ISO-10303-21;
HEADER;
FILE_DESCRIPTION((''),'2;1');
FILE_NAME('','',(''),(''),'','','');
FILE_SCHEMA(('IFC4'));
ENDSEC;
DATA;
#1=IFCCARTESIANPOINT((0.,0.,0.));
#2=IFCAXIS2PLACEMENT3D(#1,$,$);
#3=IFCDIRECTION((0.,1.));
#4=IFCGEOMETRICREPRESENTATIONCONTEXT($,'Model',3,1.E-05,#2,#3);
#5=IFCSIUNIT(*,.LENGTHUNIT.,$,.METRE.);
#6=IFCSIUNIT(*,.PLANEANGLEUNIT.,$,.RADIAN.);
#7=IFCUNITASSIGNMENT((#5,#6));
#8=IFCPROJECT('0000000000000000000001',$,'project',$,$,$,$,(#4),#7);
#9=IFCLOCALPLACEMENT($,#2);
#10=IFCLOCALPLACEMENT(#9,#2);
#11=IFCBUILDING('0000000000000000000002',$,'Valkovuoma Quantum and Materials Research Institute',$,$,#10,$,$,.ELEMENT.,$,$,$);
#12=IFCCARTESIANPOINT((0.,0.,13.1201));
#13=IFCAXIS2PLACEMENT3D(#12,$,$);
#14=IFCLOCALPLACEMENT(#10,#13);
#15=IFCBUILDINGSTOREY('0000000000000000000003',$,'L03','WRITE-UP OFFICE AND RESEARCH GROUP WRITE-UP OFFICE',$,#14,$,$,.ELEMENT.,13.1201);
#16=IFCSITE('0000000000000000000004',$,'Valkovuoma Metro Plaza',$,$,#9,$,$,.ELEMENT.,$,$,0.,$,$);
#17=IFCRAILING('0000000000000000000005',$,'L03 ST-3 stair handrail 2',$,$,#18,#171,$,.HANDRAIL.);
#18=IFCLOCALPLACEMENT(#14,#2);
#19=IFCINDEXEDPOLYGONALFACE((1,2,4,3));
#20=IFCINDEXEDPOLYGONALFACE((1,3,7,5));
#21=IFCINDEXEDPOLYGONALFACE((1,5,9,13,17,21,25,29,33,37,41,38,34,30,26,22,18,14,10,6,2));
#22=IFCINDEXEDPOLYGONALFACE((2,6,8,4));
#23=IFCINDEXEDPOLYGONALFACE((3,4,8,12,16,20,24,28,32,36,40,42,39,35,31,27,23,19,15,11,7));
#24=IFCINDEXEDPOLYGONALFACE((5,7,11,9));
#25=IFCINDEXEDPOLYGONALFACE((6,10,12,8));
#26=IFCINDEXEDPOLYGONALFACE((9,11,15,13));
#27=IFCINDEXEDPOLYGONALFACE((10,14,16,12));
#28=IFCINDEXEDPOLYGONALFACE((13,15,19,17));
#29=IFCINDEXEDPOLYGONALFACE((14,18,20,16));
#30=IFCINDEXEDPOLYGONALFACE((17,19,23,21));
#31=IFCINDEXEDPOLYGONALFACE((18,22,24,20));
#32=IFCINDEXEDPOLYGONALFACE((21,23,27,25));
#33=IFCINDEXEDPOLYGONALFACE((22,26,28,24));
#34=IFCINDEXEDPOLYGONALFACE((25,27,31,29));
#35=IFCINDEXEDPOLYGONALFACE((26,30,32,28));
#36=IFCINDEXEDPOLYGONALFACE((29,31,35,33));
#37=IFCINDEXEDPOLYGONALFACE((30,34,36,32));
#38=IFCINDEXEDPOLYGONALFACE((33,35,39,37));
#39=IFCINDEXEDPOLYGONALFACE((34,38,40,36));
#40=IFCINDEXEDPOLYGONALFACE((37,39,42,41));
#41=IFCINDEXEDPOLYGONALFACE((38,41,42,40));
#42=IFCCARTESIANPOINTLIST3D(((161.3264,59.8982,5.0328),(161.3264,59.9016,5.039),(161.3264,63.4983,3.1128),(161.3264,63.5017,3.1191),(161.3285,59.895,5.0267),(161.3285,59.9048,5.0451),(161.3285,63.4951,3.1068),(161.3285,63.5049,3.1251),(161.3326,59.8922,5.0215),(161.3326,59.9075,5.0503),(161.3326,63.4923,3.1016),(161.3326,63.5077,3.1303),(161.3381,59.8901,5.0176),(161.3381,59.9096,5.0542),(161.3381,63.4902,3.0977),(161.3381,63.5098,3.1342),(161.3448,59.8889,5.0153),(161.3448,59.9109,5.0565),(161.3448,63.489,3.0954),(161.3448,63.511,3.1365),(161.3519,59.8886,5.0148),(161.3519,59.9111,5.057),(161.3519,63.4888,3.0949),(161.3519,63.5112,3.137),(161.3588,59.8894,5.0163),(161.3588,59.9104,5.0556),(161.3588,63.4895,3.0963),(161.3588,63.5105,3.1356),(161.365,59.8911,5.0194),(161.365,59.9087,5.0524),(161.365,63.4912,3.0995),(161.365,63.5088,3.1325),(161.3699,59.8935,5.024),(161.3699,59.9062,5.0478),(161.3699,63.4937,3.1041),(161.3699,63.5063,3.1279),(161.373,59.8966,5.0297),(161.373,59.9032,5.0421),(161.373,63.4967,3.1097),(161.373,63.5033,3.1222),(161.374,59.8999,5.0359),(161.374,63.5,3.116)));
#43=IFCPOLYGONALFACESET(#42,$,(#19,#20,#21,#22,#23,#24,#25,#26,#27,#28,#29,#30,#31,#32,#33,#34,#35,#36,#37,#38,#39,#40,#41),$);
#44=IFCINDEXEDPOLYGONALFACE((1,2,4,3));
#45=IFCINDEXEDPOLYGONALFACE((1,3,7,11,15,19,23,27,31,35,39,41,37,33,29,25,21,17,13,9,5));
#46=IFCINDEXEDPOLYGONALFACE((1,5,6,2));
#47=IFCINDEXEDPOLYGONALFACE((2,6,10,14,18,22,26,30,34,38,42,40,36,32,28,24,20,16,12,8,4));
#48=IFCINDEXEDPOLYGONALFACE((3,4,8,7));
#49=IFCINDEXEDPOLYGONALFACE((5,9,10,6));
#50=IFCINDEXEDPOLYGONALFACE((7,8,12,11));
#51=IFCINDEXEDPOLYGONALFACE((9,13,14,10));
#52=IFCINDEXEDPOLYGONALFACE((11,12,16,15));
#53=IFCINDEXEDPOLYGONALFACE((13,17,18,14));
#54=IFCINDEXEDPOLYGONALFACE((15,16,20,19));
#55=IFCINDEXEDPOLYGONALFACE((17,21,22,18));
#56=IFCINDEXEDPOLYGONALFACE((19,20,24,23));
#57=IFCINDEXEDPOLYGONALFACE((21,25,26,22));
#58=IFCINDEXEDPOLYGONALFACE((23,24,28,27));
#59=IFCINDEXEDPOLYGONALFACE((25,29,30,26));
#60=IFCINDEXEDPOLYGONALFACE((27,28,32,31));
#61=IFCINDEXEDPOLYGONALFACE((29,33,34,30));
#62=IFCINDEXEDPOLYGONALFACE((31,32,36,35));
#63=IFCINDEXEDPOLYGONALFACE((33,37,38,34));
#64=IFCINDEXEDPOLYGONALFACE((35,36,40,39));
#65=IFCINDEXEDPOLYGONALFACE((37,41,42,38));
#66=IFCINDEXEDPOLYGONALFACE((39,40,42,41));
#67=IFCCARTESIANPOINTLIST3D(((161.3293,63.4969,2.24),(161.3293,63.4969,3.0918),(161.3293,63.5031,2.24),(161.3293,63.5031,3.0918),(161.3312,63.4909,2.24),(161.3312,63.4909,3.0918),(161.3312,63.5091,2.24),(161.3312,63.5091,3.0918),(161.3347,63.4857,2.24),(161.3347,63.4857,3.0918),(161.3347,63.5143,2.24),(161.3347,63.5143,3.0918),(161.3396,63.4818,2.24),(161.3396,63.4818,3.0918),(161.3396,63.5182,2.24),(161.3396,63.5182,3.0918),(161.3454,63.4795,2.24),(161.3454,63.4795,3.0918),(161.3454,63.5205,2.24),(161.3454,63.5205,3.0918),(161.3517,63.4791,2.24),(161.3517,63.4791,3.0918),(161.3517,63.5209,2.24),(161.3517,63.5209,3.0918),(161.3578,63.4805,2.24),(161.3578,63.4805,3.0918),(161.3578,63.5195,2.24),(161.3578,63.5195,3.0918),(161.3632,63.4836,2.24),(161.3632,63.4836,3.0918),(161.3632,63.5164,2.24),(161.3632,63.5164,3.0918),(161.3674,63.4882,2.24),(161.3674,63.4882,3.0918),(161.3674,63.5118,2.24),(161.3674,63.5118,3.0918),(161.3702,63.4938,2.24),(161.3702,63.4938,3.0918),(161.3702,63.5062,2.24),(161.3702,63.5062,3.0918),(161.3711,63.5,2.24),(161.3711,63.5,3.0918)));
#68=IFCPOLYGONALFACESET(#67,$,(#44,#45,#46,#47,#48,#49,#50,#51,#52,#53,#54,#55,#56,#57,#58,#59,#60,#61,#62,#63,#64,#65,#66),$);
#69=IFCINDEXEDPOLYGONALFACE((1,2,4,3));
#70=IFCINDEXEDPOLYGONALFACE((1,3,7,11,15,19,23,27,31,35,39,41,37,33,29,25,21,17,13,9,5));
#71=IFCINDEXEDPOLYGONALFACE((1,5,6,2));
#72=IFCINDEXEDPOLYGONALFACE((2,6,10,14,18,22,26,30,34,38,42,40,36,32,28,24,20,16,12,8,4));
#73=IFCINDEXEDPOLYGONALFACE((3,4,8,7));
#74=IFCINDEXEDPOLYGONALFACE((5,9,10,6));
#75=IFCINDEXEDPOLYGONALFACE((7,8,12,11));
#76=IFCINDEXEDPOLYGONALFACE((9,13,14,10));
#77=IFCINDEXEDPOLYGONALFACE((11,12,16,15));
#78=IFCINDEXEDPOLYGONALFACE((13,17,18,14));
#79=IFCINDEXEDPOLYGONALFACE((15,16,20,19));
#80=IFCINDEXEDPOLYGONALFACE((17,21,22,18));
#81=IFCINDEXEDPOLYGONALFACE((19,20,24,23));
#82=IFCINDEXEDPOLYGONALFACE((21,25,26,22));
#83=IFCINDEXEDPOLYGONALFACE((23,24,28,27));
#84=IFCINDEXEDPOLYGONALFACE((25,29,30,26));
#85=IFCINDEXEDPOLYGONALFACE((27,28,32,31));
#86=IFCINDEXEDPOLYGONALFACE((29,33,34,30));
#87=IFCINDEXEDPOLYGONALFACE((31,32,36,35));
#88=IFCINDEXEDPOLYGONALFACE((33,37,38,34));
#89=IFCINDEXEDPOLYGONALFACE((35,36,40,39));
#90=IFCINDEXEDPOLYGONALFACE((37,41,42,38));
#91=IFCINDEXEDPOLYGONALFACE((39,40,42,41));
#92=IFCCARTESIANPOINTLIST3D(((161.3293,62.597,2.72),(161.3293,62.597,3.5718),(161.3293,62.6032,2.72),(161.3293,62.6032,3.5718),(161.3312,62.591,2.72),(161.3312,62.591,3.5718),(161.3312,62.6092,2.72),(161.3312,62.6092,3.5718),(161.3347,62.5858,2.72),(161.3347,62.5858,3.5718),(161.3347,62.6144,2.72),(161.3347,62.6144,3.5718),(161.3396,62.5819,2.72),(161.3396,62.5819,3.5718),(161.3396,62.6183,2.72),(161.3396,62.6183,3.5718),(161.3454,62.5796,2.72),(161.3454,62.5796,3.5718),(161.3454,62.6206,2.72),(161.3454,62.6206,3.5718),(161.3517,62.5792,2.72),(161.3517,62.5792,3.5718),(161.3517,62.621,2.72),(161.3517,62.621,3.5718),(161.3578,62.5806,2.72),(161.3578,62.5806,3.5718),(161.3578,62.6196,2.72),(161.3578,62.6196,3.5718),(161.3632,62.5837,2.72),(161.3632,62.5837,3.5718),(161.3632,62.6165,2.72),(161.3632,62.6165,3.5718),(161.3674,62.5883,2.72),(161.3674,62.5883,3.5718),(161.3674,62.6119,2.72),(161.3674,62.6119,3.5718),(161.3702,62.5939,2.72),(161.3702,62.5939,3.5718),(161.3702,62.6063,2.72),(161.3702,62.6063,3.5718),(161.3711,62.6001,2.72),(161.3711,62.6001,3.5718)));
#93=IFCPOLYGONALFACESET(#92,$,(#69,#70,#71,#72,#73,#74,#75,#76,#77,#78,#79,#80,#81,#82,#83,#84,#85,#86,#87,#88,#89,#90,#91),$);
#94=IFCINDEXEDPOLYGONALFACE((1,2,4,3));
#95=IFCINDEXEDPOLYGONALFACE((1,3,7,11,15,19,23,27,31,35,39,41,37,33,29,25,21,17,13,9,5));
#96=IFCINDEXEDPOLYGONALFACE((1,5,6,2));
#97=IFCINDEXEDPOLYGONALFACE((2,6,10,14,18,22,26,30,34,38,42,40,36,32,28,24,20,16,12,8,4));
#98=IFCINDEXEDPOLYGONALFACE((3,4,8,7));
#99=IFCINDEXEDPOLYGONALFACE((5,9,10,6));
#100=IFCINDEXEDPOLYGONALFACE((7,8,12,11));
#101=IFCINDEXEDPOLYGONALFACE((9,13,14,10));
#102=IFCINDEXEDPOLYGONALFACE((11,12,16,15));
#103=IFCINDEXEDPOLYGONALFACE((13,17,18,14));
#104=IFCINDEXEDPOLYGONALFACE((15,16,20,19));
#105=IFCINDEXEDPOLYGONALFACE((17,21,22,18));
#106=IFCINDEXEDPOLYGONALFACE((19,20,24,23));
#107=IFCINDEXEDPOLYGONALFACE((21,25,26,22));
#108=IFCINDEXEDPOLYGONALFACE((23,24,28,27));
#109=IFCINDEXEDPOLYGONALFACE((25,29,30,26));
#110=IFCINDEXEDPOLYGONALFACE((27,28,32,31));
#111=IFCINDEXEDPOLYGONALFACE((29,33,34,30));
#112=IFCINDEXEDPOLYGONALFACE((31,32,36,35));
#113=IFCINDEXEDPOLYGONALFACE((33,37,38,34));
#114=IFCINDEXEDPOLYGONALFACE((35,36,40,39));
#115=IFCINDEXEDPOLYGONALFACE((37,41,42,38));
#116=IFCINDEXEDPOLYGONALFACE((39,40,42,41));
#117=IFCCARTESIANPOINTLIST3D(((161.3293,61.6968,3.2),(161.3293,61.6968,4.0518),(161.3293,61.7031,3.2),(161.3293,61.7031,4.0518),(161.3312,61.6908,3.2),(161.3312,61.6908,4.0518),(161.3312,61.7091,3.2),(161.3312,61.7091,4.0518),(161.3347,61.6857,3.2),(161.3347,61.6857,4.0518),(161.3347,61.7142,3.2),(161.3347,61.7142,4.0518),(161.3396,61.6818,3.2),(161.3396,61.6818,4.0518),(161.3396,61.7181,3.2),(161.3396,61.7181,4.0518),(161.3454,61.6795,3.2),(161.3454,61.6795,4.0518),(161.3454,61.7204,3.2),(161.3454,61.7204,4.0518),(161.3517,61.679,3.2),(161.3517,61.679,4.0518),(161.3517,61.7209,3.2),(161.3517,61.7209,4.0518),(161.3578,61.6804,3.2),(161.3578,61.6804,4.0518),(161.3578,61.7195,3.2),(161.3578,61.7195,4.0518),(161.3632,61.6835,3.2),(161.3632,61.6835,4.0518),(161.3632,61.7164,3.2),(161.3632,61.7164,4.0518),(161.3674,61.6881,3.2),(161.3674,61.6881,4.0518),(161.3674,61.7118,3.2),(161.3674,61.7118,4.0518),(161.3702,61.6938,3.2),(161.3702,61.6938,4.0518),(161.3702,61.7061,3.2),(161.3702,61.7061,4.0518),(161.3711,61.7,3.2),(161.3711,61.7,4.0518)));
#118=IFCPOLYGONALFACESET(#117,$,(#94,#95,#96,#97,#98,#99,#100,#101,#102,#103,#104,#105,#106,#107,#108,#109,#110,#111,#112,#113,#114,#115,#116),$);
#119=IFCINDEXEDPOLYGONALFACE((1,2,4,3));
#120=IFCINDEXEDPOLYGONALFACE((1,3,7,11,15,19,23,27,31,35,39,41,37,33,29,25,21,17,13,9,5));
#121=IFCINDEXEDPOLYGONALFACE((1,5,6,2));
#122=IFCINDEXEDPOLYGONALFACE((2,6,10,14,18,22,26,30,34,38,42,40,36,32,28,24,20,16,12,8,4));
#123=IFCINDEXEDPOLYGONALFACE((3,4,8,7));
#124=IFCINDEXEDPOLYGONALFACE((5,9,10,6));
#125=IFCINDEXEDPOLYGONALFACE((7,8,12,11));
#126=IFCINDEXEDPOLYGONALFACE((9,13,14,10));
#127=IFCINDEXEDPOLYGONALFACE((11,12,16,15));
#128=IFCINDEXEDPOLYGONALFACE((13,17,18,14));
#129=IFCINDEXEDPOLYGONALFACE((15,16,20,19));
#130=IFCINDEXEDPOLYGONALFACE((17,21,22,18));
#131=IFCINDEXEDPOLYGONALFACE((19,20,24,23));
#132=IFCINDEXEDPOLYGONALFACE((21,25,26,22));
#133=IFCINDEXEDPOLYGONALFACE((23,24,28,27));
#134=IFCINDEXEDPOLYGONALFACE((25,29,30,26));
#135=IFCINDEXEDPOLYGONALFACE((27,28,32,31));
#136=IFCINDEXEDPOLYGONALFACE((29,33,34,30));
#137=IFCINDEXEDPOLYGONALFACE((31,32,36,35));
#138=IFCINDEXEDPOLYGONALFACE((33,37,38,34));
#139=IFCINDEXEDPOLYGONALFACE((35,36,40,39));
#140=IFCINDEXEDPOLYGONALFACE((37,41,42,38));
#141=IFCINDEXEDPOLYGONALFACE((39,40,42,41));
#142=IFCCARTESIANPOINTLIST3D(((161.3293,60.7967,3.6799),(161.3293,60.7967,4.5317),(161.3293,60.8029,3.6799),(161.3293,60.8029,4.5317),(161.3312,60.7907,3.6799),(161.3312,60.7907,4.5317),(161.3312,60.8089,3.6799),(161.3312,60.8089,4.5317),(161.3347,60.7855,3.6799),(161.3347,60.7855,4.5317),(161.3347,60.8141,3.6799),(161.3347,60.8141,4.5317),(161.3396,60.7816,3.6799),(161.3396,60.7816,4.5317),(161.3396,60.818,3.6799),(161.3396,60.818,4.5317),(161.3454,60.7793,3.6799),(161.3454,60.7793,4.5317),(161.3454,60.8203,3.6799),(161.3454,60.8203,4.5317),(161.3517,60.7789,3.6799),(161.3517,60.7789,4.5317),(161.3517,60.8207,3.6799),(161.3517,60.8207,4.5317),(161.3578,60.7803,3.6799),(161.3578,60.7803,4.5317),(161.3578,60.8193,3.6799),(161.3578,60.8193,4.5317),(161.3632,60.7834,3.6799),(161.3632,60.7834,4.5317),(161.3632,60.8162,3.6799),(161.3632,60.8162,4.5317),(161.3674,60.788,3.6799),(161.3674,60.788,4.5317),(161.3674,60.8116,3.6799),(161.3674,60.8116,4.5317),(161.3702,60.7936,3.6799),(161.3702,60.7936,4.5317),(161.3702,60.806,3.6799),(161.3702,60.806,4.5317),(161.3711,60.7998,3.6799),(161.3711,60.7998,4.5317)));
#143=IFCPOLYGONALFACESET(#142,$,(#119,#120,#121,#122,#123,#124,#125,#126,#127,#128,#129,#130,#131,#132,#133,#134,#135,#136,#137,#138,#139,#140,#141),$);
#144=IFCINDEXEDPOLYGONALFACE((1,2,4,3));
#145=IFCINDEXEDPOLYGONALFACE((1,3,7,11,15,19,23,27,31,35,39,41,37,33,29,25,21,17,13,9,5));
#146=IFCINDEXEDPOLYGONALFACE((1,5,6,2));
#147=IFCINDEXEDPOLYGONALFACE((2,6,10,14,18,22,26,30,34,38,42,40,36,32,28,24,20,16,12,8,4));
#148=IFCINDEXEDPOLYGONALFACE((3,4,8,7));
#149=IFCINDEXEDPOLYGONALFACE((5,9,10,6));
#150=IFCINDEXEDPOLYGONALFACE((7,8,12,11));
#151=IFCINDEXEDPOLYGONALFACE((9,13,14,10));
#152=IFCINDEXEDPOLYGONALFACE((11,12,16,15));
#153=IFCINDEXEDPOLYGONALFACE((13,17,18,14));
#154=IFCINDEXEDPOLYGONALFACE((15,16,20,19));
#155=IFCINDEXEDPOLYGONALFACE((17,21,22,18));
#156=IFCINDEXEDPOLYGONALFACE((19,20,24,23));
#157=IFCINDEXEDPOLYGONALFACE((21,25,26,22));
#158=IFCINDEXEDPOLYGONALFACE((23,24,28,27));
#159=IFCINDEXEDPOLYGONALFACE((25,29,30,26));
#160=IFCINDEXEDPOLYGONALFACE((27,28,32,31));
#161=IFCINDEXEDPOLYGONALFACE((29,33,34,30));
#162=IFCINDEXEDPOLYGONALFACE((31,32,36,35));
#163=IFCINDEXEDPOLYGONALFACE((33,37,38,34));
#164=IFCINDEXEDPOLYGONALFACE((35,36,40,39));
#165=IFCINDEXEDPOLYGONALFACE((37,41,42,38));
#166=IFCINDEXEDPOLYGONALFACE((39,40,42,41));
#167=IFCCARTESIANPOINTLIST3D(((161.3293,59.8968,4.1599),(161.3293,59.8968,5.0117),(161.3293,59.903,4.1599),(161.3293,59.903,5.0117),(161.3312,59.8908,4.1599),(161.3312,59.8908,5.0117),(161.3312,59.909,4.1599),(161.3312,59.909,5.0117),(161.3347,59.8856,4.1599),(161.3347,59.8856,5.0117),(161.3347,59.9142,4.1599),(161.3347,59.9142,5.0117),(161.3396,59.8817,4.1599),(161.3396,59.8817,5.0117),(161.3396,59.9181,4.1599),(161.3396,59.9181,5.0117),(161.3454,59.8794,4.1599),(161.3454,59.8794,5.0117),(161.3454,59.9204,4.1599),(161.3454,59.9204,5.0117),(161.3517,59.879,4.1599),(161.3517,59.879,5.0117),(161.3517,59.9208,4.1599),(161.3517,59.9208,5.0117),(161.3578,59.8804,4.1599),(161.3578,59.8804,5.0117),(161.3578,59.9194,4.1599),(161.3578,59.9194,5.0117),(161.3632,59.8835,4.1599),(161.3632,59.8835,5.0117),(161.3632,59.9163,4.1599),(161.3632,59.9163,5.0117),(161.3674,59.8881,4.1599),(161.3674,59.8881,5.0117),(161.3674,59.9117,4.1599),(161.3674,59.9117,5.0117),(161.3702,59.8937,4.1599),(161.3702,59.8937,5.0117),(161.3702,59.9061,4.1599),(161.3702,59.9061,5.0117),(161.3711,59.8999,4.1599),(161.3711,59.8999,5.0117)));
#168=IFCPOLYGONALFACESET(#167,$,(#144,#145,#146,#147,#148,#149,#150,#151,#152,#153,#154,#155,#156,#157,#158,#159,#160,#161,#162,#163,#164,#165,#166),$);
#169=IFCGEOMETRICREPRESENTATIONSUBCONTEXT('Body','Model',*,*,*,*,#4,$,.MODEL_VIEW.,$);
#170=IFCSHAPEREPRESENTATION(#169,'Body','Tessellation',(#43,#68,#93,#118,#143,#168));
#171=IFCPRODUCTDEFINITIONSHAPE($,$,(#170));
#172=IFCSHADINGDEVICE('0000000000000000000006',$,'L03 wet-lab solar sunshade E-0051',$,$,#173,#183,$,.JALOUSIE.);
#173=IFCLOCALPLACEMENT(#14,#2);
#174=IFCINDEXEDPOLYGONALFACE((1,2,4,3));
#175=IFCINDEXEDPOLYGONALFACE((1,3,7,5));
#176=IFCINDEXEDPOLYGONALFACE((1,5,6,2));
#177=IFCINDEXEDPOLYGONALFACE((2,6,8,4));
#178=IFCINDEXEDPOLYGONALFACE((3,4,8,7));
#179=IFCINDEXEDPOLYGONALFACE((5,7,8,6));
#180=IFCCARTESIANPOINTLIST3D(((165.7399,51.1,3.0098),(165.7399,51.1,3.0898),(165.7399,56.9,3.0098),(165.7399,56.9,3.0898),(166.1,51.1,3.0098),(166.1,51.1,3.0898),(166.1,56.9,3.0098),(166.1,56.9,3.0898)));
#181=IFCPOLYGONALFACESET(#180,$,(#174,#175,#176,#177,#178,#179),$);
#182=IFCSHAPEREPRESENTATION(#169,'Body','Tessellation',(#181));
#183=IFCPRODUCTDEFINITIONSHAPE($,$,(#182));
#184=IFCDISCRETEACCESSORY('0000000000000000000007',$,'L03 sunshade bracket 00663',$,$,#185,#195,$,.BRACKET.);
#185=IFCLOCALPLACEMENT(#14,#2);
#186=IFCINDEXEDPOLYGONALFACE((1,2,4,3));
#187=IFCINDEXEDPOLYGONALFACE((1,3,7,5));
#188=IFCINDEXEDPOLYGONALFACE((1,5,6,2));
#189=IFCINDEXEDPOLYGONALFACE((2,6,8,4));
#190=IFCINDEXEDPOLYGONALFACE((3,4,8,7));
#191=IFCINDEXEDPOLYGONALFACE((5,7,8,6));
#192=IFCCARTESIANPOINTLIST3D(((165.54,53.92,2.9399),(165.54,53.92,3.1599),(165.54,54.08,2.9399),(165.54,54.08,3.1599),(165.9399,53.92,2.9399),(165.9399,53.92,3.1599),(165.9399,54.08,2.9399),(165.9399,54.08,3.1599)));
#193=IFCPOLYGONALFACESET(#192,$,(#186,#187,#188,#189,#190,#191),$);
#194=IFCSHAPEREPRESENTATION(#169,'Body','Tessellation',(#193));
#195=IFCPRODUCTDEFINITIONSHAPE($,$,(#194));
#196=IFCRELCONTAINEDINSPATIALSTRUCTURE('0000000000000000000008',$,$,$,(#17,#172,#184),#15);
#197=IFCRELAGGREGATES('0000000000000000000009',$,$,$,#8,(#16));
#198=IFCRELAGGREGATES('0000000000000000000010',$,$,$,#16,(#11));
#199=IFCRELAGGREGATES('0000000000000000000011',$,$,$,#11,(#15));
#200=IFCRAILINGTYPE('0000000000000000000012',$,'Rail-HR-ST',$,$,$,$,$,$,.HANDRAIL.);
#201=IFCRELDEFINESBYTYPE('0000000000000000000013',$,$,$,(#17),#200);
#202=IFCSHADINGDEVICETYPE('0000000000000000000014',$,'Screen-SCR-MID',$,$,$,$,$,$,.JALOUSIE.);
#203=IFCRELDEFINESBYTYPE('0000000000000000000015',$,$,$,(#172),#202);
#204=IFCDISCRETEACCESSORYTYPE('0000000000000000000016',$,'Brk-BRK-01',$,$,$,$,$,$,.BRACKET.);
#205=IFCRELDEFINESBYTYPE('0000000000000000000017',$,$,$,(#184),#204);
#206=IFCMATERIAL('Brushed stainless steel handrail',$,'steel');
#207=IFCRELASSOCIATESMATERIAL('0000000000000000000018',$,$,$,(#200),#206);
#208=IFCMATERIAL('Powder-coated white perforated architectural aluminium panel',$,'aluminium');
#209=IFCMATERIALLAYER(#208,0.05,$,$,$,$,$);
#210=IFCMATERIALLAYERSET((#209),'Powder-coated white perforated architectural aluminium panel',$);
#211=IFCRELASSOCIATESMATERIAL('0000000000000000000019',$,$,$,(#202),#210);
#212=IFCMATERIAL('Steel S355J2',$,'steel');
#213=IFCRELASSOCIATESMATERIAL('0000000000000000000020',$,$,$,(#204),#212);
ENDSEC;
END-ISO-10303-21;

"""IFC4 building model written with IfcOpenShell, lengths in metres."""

from ifc_helpers import new_model, si_unit, direction, frame, origin, origin_2d, place, context, subcontext, project, spatial, rectangle, circle, extrude, material, layer, layer_set, type_object, element, save


model = new_model("IFC4")

# Units and contexts
model_context = context("Model", 3, precision=1e-05, world=origin(), true_north=direction((0.0, 1.0)))
body_context = subcontext(model_context, "Body", "Model", "MODEL_VIEW")
ifc_project = project(units=[si_unit("LENGTHUNIT", "METRE"), si_unit("PLANEANGLEUNIT", "RADIAN")], contexts=[model_context])

# Site, building, storey
site_placement = place(None, origin())
site = spatial("IfcSite", under=ifc_project, at=site_placement, Name="Valkovuoma Metro Plaza", CompositionType="ELEMENT", RefElevation=0.0)
building_placement = place(site_placement, origin())
building = spatial("IfcBuilding", under=site, at=building_placement, Name="Valkovuoma Quantum and Materials Research Institute", CompositionType="ELEMENT")
storey_placement = place(building_placement, frame((0.0, 0.0, 13.1201)))
storey = spatial("IfcBuildingStorey", under=building, at=storey_placement, Name="L03", Description="WRITE-UP OFFICE AND RESEARCH GROUP WRITE-UP OFFICE", CompositionType="ELEMENT", Elevation=13.1201)

# Railing
ifc_material_1 = material(Name="Brushed stainless steel handrail", Category="steel")
railing_type_1 = type_object("IfcRailingType", Name="Rail-HR-ST", PredefinedType="HANDRAIL", material=ifc_material_1)
railing_1_placement = place(storey_placement, frame((161.3501, 63.5, 2.24)))
element("IfcRailing", 1, at=railing_1_placement, inside=storey, type_object=railing_type_1, Name="L03 ST-3 stair handrail 2", PredefinedType="HANDRAIL", context=body_context, shape_type="SweptSolid", body=[
    extrude(circle(Radius=0.0239, at=origin_2d()), frame((0.0, 0.0, 0.876), z_axis=(0.0, -0.882366, 0.470563), x_axis=(1.0, 0.0, 0.0)), (0.0, 0.0, 1.0), 4.0801),
    extrude(circle(Radius=0.021, at=origin_2d()), origin(), (0.0, 0.0, 1.0), 0.8518),
    extrude(circle(Radius=0.021, at=origin_2d()), frame((0.0, -0.8999, 0.48)), (0.0, 0.0, 1.0), 0.8518),
    extrude(circle(Radius=0.021, at=origin_2d()), frame((0.0, -1.8, 0.96)), (0.0, 0.0, 1.0), 0.8518),
    extrude(circle(Radius=0.021, at=origin_2d()), frame((0.0, -2.7002, 1.4399)), (0.0, 0.0, 1.0), 0.8518),
    extrude(circle(Radius=0.021, at=origin_2d()), frame((0.0, -3.6001, 1.9199)), (0.0, 0.0, 1.0), 0.8518),
])

# Shading device
ifc_material_2 = material(Name="Powder-coated white perforated architectural aluminium panel", Category="aluminium")
ifc_layer_1 = layer(ifc_material_2, 0.05)
ifc_layer_set_1 = layer_set([ifc_layer_1], Name="Powder-coated white perforated architectural aluminium panel")
shading_device_type = type_object("IfcShadingDeviceType", Name="Screen-SCR-MID", PredefinedType="JALOUSIE", material=ifc_layer_set_1)
shading_device_placement = place(storey_placement, frame((165.9199, 54.0, 3.0098), z_axis=(0.0, 0.0, 1.0), x_axis=(1.0, 0.0, 0.0)))
element("IfcShadingDevice", 2, at=shading_device_placement, inside=storey, type_object=shading_device_type, Name="L03 wet-lab solar sunshade E-0051", PredefinedType="JALOUSIE", context=body_context, shape_type="SweptSolid", body=[
    extrude(rectangle(XDim=0.3601, YDim=5.8, at=origin_2d()), origin(), (0.0, 0.0, 1.0), 0.0801),
])

# Discrete accessory
ifc_material_3 = material(Name="Steel S355J2", Category="steel")
discrete_accessory_type = type_object("IfcDiscreteAccessoryType", Name="Brk-BRK-01", PredefinedType="BRACKET", material=ifc_material_3)
discrete_accessory_placement = place(storey_placement, frame((165.74, 54.0, 2.9399), z_axis=(0.0, 0.0, 1.0), x_axis=(1.0, 0.0, 0.0)))
element("IfcDiscreteAccessory", 3, at=discrete_accessory_placement, inside=storey, type_object=discrete_accessory_type, Name="L03 sunshade bracket 00663", PredefinedType="BRACKET", context=body_context, shape_type="SweptSolid", body=[
    extrude(rectangle(XDim=0.3999, YDim=0.1599, at=origin_2d()), origin(), (0.0, 0.0, 1.0), 0.22),
])

save(model, "model.ifc")
